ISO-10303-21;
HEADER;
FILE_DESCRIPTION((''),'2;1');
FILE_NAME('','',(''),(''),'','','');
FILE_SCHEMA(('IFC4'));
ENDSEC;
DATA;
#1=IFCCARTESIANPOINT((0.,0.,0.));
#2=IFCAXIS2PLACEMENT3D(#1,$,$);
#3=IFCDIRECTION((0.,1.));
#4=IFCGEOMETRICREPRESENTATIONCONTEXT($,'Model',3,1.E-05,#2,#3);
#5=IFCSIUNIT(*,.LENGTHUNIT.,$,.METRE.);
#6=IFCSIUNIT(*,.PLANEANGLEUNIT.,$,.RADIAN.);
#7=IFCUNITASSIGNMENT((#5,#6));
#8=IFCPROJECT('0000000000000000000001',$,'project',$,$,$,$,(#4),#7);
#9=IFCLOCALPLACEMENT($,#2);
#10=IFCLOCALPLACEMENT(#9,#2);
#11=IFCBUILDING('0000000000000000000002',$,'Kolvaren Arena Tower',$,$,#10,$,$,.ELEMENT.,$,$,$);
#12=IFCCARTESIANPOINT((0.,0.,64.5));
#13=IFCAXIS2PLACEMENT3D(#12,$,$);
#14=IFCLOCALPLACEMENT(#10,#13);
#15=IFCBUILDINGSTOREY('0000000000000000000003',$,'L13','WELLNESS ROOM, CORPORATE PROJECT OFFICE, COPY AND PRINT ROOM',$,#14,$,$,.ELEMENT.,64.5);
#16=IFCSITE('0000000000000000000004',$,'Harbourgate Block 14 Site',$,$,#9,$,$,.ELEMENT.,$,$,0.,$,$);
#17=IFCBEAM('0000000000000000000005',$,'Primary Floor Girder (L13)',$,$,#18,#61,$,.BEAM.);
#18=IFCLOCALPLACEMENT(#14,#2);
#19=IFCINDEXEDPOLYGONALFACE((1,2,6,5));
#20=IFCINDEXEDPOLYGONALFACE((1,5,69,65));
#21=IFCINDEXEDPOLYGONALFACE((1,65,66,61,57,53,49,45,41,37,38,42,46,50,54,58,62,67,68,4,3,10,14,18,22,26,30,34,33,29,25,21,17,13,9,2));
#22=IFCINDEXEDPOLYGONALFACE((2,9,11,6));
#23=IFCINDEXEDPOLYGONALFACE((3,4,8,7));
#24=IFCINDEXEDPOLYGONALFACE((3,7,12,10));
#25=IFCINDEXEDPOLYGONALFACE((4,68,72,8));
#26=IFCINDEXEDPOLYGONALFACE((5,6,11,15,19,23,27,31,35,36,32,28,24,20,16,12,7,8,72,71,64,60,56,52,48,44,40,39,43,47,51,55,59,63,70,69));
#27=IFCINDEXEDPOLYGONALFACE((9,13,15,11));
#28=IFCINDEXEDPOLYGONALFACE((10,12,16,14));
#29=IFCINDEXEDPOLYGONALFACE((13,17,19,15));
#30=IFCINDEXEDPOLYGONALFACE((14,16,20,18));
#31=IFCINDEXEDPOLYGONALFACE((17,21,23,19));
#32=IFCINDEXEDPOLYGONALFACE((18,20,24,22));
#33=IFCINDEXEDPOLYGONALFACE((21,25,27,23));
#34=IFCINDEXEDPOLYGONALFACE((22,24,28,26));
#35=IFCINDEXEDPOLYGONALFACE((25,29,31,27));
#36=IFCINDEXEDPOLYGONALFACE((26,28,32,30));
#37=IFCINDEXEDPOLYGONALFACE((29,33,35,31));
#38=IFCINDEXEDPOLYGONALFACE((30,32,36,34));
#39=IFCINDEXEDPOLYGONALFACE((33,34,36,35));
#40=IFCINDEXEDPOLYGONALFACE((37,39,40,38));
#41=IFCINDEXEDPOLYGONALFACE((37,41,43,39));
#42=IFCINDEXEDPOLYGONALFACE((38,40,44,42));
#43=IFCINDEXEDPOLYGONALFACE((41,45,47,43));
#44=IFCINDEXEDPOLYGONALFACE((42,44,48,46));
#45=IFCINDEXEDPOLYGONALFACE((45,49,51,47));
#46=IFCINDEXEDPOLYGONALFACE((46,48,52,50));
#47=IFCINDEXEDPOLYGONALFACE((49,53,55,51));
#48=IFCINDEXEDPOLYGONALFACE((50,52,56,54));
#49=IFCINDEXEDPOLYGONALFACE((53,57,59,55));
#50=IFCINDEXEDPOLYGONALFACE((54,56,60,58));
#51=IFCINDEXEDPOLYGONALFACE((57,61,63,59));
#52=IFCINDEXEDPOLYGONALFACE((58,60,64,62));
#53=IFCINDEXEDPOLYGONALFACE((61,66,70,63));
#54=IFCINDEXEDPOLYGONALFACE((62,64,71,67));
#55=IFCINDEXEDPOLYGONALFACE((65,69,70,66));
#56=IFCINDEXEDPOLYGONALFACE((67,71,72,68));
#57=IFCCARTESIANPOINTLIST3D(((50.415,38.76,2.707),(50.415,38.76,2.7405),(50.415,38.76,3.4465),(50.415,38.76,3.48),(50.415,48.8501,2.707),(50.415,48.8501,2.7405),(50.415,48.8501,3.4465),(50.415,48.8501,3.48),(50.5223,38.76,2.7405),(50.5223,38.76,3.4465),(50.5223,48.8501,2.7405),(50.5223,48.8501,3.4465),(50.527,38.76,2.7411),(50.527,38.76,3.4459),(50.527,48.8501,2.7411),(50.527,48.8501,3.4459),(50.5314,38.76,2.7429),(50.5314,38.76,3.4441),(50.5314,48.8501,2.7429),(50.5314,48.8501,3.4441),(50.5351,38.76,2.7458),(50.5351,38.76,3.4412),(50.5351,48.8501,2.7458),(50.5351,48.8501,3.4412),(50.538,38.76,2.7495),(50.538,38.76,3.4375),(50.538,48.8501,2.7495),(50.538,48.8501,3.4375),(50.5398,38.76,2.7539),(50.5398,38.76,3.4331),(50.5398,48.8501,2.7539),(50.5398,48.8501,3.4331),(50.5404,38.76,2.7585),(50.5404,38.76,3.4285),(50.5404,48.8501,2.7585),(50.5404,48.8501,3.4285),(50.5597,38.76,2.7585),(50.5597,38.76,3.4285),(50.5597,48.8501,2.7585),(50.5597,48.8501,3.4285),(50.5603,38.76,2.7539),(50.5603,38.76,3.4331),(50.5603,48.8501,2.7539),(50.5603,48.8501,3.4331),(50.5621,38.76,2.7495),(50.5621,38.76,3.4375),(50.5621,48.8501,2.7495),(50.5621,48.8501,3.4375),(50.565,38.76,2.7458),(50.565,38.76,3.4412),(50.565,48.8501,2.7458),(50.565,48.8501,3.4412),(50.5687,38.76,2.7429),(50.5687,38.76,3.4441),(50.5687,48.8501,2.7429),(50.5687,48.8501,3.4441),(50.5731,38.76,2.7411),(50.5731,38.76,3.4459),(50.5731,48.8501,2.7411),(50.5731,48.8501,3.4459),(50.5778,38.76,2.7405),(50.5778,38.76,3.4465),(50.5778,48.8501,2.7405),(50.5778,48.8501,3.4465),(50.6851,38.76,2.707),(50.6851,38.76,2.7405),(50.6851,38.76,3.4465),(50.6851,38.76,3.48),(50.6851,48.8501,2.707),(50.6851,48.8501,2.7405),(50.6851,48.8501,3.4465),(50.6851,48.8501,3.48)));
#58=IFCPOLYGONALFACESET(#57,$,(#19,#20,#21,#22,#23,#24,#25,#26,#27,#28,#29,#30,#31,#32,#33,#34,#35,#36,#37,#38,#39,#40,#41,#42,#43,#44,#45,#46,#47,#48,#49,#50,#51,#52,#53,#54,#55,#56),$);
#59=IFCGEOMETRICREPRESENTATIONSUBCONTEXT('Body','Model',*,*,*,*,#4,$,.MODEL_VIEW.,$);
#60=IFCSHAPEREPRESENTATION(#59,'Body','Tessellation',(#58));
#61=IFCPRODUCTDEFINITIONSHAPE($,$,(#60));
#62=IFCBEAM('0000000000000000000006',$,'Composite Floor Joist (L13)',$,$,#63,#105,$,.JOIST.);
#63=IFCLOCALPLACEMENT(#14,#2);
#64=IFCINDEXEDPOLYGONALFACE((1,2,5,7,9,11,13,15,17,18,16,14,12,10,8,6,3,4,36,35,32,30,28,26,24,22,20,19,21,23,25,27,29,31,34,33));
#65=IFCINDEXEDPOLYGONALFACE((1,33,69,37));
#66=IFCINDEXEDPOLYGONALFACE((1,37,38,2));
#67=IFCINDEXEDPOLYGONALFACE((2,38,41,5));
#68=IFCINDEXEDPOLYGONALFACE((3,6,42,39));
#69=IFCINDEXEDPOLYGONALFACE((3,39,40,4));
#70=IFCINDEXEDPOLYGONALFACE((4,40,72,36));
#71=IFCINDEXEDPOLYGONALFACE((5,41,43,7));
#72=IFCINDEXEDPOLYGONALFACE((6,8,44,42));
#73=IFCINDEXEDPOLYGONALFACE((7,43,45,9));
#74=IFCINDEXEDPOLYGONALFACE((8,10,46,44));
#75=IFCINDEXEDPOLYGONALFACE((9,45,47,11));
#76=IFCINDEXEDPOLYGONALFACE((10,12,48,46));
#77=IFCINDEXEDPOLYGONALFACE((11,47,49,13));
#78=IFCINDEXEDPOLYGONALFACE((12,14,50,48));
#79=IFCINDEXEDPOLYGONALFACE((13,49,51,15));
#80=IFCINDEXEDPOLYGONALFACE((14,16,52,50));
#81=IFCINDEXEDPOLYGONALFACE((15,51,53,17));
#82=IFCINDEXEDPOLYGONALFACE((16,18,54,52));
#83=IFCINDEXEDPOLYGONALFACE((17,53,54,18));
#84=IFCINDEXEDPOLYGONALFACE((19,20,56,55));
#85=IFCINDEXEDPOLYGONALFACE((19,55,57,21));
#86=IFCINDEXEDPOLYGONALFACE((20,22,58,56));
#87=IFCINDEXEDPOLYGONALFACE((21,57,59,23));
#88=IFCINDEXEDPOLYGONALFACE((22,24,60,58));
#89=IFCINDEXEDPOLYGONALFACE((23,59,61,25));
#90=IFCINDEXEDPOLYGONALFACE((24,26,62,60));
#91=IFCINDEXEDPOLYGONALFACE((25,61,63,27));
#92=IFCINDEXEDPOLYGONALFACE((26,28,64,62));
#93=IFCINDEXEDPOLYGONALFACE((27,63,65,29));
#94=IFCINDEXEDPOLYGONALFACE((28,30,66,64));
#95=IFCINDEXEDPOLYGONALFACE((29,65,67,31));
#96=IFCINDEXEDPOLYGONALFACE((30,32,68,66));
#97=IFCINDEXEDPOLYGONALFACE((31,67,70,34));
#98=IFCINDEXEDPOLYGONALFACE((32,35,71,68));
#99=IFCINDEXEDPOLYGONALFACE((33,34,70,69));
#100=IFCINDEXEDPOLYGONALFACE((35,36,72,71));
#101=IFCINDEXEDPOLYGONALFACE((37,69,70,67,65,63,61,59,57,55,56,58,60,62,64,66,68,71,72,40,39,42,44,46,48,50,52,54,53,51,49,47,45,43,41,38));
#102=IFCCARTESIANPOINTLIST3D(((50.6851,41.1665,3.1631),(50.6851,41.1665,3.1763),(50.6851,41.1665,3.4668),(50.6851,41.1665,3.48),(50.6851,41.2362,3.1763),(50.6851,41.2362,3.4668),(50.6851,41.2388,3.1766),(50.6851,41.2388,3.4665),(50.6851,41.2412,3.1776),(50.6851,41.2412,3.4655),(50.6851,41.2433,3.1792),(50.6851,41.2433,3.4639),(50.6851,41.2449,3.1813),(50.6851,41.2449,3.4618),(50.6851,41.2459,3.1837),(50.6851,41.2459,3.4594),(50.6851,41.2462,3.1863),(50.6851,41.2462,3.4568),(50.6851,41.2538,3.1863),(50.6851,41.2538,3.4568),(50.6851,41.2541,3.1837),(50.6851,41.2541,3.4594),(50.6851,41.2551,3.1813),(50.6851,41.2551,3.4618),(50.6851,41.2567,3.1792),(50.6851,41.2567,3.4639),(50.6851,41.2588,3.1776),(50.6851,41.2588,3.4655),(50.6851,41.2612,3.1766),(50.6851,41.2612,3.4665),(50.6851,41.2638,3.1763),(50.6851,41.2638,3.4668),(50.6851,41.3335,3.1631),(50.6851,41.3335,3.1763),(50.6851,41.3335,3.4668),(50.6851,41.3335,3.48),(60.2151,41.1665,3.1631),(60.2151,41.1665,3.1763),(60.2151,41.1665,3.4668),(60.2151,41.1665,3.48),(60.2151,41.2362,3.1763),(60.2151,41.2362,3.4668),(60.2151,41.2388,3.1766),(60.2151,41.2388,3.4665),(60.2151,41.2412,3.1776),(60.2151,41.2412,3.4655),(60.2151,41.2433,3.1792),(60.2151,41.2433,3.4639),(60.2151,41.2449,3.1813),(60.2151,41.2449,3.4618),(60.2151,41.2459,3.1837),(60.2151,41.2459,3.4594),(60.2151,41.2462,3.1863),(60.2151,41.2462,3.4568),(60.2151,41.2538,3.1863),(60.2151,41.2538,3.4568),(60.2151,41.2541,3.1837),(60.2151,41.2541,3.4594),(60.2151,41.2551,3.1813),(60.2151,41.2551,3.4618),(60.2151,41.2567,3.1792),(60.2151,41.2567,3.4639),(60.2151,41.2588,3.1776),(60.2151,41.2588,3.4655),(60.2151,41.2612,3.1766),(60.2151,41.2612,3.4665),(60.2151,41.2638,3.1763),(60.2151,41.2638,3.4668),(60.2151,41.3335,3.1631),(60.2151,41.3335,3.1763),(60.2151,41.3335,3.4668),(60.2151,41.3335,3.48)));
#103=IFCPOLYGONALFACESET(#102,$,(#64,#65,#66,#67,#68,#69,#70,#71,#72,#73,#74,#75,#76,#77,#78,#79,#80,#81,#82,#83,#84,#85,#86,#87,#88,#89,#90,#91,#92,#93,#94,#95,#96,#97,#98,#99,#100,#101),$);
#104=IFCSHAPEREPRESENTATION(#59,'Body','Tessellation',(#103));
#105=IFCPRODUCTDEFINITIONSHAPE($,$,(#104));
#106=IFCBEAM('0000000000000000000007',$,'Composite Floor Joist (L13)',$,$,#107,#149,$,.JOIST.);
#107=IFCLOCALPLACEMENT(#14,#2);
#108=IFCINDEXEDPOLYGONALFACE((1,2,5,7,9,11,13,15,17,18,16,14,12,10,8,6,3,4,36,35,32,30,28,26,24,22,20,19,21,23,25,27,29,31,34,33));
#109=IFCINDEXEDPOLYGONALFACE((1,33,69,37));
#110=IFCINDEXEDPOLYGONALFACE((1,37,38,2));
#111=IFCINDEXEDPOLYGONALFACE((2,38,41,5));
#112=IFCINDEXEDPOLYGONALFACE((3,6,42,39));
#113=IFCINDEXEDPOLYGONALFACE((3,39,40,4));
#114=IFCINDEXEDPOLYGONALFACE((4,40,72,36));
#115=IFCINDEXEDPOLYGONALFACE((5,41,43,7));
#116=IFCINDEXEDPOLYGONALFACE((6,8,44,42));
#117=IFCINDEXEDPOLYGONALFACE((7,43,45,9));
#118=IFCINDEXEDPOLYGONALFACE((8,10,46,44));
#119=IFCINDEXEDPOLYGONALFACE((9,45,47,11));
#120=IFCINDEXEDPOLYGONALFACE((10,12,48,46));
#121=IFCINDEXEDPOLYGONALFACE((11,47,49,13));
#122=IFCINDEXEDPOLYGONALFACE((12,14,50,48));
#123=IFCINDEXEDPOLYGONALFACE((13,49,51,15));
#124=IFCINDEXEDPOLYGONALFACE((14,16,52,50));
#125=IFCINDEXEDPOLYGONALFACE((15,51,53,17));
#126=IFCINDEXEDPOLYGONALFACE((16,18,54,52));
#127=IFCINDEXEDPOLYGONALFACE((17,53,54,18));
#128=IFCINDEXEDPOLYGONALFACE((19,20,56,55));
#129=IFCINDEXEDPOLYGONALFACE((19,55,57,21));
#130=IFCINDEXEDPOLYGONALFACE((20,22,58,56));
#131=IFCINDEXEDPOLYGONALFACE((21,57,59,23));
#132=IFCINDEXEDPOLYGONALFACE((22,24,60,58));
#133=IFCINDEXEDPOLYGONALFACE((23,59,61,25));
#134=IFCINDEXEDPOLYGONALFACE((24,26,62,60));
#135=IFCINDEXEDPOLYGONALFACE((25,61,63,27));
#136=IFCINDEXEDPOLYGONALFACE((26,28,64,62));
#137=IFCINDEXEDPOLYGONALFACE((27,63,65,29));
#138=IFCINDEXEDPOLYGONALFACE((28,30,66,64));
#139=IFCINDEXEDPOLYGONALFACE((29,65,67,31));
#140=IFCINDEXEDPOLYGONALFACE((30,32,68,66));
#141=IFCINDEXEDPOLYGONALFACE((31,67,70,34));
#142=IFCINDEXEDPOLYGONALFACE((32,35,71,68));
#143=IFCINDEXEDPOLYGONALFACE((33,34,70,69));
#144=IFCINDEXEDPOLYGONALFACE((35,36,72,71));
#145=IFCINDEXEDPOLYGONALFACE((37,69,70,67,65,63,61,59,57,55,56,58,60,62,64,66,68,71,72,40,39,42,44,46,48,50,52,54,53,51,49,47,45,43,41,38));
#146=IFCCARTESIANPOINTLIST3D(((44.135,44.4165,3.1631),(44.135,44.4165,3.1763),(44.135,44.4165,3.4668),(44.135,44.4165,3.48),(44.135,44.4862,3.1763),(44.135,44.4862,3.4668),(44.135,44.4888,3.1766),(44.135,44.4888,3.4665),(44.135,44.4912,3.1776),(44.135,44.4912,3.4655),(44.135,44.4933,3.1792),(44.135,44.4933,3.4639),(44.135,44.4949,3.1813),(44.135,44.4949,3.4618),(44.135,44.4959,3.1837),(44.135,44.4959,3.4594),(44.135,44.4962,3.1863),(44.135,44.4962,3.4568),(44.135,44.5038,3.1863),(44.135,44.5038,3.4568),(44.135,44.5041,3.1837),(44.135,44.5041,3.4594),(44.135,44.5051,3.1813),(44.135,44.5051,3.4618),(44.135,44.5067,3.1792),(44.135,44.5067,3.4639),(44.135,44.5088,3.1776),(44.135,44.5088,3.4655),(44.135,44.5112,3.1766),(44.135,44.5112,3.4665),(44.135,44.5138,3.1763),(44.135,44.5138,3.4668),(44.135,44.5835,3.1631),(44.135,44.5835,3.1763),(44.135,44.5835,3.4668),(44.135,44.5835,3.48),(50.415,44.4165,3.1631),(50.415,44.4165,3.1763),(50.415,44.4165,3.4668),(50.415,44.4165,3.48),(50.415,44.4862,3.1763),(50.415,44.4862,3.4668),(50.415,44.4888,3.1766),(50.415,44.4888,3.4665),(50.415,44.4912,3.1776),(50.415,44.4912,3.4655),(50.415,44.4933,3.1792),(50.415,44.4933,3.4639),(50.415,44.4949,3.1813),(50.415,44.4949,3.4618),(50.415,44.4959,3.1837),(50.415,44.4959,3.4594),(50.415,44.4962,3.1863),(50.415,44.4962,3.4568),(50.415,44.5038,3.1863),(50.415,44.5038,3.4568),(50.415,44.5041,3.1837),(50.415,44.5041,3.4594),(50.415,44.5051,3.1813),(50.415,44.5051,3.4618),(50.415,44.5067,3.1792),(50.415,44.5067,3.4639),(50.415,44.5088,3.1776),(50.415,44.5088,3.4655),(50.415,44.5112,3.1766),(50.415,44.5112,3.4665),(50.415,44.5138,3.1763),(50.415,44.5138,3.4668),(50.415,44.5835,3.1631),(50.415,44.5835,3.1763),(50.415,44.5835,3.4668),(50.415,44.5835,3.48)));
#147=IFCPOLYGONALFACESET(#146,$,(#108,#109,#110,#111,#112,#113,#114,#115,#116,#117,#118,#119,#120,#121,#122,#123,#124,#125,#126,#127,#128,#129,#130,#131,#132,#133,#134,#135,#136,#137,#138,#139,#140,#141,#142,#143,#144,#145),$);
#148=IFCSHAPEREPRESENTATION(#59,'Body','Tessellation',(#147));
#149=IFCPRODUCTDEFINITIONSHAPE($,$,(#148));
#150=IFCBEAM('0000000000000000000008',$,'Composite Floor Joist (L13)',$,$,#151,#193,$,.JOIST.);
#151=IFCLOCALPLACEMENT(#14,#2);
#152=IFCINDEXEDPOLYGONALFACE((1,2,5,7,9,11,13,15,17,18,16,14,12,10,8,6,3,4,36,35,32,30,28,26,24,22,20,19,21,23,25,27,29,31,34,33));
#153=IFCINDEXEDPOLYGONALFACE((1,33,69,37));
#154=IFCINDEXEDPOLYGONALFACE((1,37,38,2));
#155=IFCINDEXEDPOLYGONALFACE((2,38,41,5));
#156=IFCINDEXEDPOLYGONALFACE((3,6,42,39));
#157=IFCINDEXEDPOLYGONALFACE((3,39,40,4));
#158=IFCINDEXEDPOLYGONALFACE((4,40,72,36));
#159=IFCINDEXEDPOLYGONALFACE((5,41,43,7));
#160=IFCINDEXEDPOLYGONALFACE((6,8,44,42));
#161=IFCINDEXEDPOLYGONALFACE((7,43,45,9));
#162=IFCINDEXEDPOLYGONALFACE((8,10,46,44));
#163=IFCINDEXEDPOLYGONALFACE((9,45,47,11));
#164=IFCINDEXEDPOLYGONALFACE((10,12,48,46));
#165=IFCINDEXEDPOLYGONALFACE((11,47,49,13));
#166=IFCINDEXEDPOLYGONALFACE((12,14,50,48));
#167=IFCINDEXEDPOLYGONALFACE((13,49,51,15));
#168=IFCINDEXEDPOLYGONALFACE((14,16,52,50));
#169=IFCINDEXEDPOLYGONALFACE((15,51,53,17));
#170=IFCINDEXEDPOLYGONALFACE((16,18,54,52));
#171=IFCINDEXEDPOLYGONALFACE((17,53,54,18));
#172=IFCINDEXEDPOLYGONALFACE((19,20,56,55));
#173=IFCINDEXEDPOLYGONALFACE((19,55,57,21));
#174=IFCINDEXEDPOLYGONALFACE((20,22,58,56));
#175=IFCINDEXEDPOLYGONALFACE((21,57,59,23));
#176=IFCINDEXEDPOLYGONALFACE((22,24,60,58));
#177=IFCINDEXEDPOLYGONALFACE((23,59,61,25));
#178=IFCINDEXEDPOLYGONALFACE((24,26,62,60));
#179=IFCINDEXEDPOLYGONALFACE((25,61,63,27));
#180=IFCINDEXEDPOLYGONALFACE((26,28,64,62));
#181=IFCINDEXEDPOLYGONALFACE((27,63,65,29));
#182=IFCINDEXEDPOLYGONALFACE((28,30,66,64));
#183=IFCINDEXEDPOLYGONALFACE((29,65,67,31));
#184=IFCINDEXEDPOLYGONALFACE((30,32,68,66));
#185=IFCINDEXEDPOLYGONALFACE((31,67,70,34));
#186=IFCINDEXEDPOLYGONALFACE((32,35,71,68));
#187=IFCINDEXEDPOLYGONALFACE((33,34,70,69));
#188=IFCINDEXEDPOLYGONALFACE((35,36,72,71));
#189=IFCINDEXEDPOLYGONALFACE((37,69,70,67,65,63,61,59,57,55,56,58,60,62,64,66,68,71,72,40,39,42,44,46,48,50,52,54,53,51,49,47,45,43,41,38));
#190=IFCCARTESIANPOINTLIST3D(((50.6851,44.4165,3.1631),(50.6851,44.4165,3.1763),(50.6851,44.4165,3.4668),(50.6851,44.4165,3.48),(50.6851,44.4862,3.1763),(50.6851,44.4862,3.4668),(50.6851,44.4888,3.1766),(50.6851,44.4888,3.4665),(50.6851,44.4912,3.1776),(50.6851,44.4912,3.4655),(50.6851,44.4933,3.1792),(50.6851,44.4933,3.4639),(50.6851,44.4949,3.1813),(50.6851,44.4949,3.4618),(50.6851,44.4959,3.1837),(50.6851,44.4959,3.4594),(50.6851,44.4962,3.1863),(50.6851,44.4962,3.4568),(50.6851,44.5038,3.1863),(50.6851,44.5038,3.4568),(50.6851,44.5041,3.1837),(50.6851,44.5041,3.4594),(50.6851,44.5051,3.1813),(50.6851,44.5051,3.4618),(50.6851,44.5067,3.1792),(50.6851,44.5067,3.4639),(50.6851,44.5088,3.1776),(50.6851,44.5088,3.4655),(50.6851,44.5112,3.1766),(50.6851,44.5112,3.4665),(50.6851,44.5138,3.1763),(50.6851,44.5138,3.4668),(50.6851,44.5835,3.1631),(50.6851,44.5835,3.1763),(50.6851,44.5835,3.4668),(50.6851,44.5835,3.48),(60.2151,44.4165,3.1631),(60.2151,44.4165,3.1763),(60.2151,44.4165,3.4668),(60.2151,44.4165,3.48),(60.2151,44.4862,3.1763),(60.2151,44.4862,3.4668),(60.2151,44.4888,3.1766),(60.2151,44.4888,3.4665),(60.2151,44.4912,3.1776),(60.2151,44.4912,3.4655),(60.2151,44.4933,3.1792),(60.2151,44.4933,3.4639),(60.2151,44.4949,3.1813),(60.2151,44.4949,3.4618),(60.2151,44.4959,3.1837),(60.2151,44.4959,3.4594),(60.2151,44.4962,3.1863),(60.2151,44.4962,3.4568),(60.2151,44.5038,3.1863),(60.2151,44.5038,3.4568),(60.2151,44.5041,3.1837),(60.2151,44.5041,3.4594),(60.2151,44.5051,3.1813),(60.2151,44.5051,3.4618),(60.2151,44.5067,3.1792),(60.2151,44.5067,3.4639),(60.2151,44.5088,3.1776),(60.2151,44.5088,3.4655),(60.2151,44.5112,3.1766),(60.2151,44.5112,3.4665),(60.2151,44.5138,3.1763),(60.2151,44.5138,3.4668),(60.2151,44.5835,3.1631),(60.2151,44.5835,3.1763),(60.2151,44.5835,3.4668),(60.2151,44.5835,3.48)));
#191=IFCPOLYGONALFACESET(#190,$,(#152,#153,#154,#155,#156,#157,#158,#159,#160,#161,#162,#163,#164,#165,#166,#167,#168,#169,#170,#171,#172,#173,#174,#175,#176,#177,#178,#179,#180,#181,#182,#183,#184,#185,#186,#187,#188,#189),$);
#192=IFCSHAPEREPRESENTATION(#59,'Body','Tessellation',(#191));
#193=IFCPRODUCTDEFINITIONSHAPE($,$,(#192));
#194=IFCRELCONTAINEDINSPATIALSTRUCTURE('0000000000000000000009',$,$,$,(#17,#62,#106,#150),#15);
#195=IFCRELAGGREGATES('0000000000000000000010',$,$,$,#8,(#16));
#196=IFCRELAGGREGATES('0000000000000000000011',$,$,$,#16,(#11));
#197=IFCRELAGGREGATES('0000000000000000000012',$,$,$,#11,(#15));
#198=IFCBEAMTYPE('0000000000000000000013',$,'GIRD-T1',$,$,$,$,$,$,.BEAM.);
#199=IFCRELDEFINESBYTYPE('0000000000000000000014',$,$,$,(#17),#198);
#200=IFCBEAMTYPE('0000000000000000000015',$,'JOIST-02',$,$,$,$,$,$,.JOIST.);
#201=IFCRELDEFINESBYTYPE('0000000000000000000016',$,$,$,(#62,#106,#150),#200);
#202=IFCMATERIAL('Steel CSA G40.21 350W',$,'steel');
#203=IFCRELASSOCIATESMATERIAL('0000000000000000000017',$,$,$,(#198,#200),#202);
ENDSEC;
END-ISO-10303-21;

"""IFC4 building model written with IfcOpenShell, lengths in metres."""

from ifc_helpers import new_model, si_unit, direction, frame, origin, origin_2d, place, context, subcontext, project, spatial, i_section, extrude, material, material_profile, profile_set, type_object, element, save


model = new_model("IFC4")

# Units and contexts
model_context = context("Model", 3, precision=1e-05, world=origin(), true_north=direction((0.0, 1.0)))
body_context = subcontext(model_context, "Body", "Model", "MODEL_VIEW")
ifc_project = project(units=[si_unit("LENGTHUNIT", "METRE"), si_unit("PLANEANGLEUNIT", "RADIAN")], contexts=[model_context])

# Site, building, storey
site_placement = place(None, origin())
site = spatial("IfcSite", under=ifc_project, at=site_placement, Name="Harbourgate Block 14 Site", CompositionType="ELEMENT", RefElevation=0.0)
building_placement = place(site_placement, origin())
building = spatial("IfcBuilding", under=site, at=building_placement, Name="Kolvaren Arena Tower", CompositionType="ELEMENT")
storey_placement = place(building_placement, frame((0.0, 0.0, 64.5)))
storey = spatial("IfcBuildingStorey", under=building, at=storey_placement, Name="L13", Description="WELLNESS ROOM, CORPORATE PROJECT OFFICE, COPY AND PRINT ROOM", CompositionType="ELEMENT", Elevation=64.5)

# Beams
ifc_material_1 = material(Name="Steel CSA G40.21 350W", Category="steel")
ifc_material_profile_1 = material_profile(ifc_material_1, i_section(OverallWidth=0.27, OverallDepth=0.7729, WebThickness=0.0193, FlangeThickness=0.0334, FilletRadius=0.0181, at=origin_2d()), Name="W760x257")
ifc_profile_set_1 = profile_set([ifc_material_profile_1], Name="Steel CSA G40.21 350W")
beam_type_1 = type_object("IfcBeamType", Name="GIRD-T1", PredefinedType="BEAM", material=ifc_profile_set_1)
beam_1_placement = place(storey_placement, frame((50.55, 38.76, 3.0935), z_axis=(0.0, 1.0, 0.0), x_axis=(-1.0, 0.0, 0.0)))
element("IfcBeam", 1, at=beam_1_placement, inside=storey, type_object=beam_type_1, Name="Primary Floor Girder (L13)", PredefinedType="BEAM", context=body_context, shape_type="SweptSolid", body=[
    extrude(i_section(OverallWidth=0.27, OverallDepth=0.7729, WebThickness=0.0193, FlangeThickness=0.0334, FilletRadius=0.0181, at=origin_2d()), origin(), (0.0, 0.0, 1.0), 10.0901),
])
ifc_material_profile_2 = material_profile(ifc_material_1, i_section(OverallWidth=0.167, OverallDepth=0.3169, WebThickness=0.0076, FlangeThickness=0.0132, FilletRadius=0.01, at=origin_2d()), Name="W310x52")
ifc_profile_set_2 = profile_set([ifc_material_profile_2], Name="Steel CSA G40.21 350W")
beam_type_2 = type_object("IfcBeamType", Name="JOIST-02", PredefinedType="JOIST", material=ifc_profile_set_2)
beam_2_placement = place(storey_placement, frame((50.6851, 41.25, 3.3215), z_axis=(1.0, 0.0, 0.0), x_axis=(0.0, 1.0, 0.0)))
element("IfcBeam", 2, at=beam_2_placement, inside=storey, type_object=beam_type_2, Name="Composite Floor Joist (L13)", PredefinedType="JOIST", context=body_context, shape_type="SweptSolid", body=[
    extrude(i_section(OverallWidth=0.167, OverallDepth=0.3169, WebThickness=0.0076, FlangeThickness=0.0132, FilletRadius=0.01, at=origin_2d()), origin(), (0.0, 0.0, 1.0), 9.53),
])
beam_3_placement = place(storey_placement, frame((44.135, 44.5, 3.3215), z_axis=(1.0, 0.0, 0.0), x_axis=(0.0, 1.0, 0.0)))
element("IfcBeam", 3, at=beam_3_placement, inside=storey, type_object=beam_type_2, Name="Composite Floor Joist (L13)", PredefinedType="JOIST", context=body_context, shape_type="SweptSolid", body=[
    extrude(i_section(OverallWidth=0.167, OverallDepth=0.3169, WebThickness=0.0076, FlangeThickness=0.0132, FilletRadius=0.01, at=origin_2d()), origin(), (0.0, 0.0, 1.0), 6.28),
])
beam_4_placement = place(storey_placement, frame((50.6851, 44.5, 3.3215), z_axis=(1.0, 0.0, 0.0), x_axis=(0.0, 1.0, 0.0)))
element("IfcBeam", 4, at=beam_4_placement, inside=storey, type_object=beam_type_2, Name="Composite Floor Joist (L13)", PredefinedType="JOIST", context=body_context, shape_type="SweptSolid", body=[
    extrude(i_section(OverallWidth=0.167, OverallDepth=0.3169, WebThickness=0.0076, FlangeThickness=0.0132, FilletRadius=0.01, at=origin_2d()), origin(), (0.0, 0.0, 1.0), 9.53),
])

save(model, "model.ifc")
